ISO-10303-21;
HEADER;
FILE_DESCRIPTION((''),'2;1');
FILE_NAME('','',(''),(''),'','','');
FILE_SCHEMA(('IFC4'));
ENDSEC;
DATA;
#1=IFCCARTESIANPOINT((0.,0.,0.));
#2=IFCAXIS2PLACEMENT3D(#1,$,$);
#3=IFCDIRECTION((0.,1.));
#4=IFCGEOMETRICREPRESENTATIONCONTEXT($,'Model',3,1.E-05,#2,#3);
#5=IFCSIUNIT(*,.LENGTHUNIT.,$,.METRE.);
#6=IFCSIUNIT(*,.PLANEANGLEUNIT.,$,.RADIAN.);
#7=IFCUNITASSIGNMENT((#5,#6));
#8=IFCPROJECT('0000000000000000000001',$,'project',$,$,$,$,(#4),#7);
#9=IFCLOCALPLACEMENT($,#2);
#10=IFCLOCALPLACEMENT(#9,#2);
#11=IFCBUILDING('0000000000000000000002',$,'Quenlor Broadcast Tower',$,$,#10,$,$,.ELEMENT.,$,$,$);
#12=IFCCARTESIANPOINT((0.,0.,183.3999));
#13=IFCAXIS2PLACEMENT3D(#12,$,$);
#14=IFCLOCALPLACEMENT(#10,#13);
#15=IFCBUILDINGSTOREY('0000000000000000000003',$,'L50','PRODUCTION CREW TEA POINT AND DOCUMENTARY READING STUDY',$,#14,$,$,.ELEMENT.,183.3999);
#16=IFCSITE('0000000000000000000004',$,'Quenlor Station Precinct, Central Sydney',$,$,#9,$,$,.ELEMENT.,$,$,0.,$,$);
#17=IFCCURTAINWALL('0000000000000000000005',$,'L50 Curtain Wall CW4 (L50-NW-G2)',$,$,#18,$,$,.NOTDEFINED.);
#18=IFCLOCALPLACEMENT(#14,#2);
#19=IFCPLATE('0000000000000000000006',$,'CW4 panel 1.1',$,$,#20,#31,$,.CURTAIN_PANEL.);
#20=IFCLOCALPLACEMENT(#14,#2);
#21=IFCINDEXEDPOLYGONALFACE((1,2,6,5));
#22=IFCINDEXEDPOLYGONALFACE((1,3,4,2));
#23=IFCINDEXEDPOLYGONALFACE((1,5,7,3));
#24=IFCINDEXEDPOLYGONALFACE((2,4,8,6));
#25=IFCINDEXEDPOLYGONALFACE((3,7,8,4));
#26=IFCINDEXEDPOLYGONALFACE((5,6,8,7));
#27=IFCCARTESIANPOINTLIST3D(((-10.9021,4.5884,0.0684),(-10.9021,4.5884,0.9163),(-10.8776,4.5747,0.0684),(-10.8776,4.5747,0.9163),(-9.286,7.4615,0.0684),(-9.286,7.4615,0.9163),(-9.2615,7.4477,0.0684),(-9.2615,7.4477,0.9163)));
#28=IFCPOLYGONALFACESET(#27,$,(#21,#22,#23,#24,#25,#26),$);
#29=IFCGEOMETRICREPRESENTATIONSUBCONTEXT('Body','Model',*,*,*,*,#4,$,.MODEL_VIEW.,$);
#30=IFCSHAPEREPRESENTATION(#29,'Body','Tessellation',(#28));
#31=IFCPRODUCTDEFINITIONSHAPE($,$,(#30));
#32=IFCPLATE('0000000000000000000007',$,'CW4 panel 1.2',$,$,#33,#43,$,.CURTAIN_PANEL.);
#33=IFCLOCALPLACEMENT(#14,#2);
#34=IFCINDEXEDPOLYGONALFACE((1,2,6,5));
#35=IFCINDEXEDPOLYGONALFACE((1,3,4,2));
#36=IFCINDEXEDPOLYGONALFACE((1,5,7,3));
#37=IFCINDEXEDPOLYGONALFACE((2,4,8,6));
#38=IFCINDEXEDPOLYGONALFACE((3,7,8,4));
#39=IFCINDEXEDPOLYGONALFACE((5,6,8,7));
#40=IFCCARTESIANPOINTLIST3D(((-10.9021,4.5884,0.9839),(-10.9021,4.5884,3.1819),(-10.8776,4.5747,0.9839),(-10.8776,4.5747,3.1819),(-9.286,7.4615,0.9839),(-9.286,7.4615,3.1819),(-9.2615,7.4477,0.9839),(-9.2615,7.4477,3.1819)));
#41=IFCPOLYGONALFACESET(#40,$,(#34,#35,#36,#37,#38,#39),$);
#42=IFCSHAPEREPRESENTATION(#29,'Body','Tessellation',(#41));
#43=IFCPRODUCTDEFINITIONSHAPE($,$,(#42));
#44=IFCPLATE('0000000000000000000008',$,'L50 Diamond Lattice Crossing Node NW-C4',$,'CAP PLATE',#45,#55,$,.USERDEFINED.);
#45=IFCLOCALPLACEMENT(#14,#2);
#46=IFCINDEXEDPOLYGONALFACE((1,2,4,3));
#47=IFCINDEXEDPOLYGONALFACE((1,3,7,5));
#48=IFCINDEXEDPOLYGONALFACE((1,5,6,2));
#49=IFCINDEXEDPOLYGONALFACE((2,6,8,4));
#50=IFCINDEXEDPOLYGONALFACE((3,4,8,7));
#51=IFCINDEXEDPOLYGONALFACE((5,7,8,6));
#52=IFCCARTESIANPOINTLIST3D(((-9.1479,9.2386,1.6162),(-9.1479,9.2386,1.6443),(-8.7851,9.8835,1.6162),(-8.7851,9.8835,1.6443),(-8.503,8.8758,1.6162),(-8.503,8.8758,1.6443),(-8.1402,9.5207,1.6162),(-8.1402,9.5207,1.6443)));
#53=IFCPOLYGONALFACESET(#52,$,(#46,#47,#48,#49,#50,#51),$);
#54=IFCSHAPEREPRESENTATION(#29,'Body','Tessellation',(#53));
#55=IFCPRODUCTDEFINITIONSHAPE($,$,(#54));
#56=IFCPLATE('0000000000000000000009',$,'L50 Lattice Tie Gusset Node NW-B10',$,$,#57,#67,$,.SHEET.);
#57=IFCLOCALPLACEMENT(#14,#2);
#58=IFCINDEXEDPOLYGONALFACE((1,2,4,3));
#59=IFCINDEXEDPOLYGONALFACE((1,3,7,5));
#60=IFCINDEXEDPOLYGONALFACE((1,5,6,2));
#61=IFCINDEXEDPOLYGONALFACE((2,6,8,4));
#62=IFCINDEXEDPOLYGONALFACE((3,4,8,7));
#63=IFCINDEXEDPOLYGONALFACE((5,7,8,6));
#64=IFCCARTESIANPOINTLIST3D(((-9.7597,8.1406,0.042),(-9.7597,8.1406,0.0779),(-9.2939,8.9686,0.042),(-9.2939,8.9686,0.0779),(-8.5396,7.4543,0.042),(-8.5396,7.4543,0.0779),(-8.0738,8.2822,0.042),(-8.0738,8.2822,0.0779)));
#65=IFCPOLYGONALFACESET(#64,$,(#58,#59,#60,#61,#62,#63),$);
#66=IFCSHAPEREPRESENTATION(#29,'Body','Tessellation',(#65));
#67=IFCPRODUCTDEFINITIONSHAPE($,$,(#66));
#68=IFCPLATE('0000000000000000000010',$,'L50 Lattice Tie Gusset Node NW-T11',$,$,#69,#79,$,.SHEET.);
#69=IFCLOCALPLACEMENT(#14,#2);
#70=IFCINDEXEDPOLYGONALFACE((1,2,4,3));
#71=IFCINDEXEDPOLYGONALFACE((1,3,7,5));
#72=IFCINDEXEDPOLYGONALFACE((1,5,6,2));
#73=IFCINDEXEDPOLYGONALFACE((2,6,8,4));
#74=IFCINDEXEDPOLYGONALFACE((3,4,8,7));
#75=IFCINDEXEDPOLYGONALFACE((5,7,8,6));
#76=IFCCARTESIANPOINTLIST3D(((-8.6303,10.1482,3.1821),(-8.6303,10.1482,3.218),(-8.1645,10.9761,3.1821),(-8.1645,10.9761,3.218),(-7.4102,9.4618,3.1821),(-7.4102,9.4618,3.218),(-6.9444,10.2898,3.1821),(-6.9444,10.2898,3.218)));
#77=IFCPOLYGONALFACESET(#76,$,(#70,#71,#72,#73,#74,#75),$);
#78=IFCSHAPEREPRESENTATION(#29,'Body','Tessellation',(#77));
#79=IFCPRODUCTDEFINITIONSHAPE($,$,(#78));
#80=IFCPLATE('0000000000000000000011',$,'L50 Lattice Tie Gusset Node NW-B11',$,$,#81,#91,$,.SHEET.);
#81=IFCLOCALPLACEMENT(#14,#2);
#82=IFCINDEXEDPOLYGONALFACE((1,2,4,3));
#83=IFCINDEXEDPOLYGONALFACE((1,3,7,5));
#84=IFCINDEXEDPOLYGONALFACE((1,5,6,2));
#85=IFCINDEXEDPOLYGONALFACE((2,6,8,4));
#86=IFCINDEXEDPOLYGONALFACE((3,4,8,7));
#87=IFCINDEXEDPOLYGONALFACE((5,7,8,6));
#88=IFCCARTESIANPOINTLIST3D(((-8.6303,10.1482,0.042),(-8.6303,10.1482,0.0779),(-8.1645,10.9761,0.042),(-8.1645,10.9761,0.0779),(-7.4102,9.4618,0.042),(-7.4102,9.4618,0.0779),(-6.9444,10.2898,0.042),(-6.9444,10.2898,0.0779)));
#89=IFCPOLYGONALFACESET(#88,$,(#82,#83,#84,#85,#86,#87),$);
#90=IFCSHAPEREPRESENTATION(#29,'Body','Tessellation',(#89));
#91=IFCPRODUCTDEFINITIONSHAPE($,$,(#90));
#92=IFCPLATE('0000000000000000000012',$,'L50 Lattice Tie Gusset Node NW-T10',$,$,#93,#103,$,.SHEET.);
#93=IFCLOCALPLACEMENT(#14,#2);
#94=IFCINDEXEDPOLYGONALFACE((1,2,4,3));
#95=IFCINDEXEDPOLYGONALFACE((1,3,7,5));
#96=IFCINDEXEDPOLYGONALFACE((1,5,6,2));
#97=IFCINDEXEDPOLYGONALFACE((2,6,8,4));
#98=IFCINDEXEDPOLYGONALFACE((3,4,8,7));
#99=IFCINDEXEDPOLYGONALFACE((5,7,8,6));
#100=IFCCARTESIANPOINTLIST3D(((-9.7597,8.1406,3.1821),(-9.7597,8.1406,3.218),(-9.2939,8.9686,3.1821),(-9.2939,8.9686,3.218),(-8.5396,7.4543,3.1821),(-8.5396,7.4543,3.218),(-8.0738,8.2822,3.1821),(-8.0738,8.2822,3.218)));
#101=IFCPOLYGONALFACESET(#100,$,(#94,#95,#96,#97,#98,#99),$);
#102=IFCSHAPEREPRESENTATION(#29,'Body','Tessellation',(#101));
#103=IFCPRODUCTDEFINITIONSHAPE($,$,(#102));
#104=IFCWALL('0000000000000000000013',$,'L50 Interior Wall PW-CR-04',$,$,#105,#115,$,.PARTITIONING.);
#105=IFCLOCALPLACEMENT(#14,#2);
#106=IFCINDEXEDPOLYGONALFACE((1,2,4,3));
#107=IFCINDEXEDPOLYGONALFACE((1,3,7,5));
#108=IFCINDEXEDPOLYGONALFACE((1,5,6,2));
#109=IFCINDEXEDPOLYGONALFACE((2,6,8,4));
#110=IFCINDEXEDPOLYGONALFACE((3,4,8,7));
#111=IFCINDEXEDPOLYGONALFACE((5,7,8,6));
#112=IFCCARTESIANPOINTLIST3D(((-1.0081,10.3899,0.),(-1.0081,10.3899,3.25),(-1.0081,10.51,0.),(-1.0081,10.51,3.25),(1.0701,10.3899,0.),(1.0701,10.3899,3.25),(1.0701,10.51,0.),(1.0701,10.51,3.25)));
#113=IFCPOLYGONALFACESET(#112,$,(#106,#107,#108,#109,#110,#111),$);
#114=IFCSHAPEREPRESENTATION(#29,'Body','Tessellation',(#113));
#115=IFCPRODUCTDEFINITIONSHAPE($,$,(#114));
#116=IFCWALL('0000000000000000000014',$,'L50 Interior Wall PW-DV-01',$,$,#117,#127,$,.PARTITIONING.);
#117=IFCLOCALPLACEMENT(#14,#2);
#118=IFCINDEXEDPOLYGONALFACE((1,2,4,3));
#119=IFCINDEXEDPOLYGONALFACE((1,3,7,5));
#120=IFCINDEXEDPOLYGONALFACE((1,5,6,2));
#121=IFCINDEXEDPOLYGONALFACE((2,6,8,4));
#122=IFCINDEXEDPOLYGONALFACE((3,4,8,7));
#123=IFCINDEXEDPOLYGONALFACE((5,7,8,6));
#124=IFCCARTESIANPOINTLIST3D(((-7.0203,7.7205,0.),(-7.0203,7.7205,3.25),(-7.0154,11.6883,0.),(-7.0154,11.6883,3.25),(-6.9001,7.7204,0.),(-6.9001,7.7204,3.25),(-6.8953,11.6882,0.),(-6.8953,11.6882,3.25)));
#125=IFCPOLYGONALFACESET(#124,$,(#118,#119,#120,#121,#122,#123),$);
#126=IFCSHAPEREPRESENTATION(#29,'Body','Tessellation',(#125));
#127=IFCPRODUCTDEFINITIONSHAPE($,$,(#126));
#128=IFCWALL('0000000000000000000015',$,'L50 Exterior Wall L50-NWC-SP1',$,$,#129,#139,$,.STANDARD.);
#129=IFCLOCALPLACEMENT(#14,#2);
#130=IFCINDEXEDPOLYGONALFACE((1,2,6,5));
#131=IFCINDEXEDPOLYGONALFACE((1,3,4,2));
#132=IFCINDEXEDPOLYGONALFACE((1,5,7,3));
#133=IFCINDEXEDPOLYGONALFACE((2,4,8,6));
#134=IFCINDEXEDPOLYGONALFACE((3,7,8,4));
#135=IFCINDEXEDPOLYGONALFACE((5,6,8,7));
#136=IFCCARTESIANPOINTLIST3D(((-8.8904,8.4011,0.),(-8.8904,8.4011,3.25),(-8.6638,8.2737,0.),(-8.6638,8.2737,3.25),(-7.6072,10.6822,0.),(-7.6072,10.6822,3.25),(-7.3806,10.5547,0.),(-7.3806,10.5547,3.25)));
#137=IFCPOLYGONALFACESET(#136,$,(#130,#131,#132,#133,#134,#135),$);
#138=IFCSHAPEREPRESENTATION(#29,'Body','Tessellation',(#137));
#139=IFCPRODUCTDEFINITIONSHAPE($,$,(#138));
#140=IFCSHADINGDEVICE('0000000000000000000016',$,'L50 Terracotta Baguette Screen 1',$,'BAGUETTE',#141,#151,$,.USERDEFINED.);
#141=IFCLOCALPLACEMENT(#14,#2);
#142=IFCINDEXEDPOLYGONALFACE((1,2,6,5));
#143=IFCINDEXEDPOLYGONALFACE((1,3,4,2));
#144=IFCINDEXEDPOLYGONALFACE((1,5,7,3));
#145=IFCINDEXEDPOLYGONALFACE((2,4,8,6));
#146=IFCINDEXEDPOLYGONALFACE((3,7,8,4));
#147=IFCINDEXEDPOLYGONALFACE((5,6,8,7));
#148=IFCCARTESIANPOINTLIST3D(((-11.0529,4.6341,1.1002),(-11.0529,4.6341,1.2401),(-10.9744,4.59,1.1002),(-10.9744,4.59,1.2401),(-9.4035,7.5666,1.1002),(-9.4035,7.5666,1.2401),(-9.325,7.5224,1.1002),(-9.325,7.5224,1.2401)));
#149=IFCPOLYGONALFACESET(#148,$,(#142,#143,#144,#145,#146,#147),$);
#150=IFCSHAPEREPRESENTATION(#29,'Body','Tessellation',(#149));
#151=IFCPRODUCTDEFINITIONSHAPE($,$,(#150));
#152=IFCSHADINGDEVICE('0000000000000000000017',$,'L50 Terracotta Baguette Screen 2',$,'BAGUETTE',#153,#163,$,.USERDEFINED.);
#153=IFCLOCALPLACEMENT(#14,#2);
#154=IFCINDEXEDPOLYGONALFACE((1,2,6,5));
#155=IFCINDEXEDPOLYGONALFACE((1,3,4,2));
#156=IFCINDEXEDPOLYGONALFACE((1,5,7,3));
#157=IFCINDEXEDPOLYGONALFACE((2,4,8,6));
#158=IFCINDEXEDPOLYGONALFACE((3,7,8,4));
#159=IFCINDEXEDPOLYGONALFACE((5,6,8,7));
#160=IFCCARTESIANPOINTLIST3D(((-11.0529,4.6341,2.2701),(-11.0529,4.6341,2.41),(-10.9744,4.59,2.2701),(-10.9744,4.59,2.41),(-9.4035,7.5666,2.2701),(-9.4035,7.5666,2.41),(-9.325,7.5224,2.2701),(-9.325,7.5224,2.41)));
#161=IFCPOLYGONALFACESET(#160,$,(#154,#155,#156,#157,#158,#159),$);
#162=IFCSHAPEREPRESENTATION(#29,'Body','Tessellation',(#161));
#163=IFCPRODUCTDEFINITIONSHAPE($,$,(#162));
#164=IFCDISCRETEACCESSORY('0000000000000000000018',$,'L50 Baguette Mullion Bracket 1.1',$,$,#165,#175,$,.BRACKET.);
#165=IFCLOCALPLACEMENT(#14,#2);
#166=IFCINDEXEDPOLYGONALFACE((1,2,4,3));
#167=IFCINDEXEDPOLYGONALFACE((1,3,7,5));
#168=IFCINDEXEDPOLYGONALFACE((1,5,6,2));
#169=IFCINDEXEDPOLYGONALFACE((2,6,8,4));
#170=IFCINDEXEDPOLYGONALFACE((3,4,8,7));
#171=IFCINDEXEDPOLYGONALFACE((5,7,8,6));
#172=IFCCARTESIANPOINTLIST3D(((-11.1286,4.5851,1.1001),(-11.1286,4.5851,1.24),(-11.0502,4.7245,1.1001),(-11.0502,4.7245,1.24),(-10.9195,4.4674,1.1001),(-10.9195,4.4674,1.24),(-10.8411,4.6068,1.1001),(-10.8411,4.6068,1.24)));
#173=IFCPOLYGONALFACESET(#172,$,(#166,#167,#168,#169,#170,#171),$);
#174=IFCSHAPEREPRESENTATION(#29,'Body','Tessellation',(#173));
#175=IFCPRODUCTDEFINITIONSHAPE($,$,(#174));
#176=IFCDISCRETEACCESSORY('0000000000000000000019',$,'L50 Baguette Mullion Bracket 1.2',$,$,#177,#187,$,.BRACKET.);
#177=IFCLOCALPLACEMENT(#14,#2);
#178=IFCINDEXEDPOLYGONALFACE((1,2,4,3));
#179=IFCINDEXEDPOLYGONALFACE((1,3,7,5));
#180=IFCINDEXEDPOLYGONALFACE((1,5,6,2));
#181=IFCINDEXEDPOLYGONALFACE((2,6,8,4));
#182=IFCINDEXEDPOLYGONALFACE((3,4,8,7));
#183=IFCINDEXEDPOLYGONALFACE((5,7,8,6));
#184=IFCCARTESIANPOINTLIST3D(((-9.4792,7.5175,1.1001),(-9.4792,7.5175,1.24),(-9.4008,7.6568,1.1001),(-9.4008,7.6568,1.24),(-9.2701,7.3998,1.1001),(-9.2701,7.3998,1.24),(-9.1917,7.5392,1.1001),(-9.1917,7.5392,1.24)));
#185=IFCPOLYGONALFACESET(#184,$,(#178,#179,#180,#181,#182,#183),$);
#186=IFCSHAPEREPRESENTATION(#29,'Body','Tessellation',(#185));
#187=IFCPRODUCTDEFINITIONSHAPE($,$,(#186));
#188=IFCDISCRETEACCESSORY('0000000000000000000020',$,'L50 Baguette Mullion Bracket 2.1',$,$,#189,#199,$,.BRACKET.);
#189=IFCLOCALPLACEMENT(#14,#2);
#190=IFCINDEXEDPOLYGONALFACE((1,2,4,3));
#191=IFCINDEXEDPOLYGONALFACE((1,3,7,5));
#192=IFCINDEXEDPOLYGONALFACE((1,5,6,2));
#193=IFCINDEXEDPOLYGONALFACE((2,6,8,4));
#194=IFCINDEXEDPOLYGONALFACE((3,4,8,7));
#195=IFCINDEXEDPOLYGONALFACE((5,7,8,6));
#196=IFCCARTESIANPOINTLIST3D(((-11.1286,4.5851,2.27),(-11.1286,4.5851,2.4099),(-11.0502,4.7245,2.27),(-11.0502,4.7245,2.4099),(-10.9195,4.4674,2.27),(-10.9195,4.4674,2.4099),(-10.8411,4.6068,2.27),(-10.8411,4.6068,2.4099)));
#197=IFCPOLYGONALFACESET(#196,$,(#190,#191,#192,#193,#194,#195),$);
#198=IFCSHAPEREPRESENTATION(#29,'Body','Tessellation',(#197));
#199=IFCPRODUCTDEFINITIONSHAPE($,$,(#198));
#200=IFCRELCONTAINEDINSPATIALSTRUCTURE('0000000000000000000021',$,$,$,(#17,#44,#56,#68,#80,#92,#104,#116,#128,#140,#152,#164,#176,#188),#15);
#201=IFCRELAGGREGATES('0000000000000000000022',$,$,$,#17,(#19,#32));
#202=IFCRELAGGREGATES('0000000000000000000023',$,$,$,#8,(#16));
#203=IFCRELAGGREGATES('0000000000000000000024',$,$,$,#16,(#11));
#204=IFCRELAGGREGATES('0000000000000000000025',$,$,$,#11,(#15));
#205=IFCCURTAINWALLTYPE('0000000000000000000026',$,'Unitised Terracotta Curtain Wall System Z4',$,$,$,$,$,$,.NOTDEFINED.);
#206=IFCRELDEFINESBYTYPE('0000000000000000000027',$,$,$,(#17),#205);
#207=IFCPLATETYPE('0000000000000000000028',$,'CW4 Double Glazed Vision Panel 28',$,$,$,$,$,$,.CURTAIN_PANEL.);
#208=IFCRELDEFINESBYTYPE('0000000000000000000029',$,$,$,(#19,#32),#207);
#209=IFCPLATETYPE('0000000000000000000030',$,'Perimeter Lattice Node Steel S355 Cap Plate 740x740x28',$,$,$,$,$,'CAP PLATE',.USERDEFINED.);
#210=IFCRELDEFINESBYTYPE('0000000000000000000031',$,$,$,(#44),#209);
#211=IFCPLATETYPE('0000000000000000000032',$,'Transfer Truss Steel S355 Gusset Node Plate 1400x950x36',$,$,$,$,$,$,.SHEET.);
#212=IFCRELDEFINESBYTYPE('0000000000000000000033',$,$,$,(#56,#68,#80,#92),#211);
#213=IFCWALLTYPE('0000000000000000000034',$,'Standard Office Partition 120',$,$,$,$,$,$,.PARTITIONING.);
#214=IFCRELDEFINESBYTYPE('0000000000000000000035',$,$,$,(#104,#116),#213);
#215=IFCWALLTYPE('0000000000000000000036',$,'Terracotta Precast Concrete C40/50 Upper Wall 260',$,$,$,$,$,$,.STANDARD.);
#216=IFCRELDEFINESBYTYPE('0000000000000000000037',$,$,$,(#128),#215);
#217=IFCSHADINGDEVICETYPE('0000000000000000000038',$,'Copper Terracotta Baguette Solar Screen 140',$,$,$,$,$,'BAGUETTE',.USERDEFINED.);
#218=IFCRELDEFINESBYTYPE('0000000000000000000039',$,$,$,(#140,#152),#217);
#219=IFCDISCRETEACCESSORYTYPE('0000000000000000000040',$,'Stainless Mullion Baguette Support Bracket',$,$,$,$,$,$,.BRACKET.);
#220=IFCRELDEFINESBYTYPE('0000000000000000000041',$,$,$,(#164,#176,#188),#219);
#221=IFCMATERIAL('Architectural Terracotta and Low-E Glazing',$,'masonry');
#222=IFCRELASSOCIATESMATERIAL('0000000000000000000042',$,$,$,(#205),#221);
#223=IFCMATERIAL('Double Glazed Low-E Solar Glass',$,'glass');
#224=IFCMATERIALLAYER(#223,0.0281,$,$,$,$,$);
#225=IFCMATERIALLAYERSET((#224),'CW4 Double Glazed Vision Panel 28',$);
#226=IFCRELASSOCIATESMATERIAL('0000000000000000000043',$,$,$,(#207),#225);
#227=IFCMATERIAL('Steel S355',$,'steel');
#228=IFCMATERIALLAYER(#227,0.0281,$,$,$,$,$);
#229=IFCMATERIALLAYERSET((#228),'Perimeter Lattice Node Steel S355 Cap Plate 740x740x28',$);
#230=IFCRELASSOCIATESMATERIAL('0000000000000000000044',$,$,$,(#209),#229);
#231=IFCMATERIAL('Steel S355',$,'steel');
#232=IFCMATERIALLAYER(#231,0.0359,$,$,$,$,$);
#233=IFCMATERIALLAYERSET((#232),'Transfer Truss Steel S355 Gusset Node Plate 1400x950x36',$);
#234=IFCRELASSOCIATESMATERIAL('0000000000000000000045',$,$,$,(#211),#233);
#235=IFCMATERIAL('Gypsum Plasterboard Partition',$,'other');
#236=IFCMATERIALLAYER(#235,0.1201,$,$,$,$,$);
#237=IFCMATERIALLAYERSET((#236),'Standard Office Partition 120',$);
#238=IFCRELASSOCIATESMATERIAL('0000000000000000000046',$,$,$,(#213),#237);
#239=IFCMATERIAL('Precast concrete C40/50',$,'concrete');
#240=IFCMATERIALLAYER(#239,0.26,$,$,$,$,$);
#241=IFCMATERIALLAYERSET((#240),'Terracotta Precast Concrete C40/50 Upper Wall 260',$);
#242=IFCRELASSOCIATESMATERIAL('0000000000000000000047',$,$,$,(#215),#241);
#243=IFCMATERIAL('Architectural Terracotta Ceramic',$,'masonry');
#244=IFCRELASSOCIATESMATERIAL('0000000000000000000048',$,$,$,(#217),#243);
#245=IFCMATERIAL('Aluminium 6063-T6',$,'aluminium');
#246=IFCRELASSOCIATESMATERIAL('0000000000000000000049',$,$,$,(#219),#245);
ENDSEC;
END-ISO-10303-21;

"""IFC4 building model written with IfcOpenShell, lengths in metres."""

from ifc_helpers import new_model, si_unit, direction, frame, frame_2d, origin, origin_2d, place, context, subcontext, project, spatial, rectangle, extrude, material, layer, layer_set, material_profile, profile_set, type_object, element, aggregate, save


model = new_model("IFC4")

# Units and contexts
model_context = context("Model", 3, precision=1e-05, world=origin(), true_north=direction((0.0, 1.0)))
body_context = subcontext(model_context, "Body", "Model", "MODEL_VIEW")
ifc_project = project(units=[si_unit("LENGTHUNIT", "METRE"), si_unit("PLANEANGLEUNIT", "RADIAN")], contexts=[model_context])

# Site, building, storey
site_placement = place(None, origin())
site = spatial("IfcSite", under=ifc_project, at=site_placement, Name="Quenlor Station Precinct, Central Sydney", CompositionType="ELEMENT", RefElevation=0.0)
building_placement = place(site_placement, origin())
building = spatial("IfcBuilding", under=site, at=building_placement, Name="Quenlor Broadcast Tower", CompositionType="ELEMENT")
storey_placement = place(building_placement, frame((0.0, 0.0, 183.3999)))
storey = spatial("IfcBuildingStorey", under=building, at=storey_placement, Name="L50", Description="PRODUCTION CREW TEA POINT AND DOCUMENTARY READING STUDY", CompositionType="ELEMENT", Elevation=183.3999)

# Shared definitions
ifc_material_1 = material(Name="Architectural Terracotta and Low-E Glazing", Category="masonry")
curtain_wall_type = type_object("IfcCurtainWallType", Name="Unitised Terracotta Curtain Wall System Z4", PredefinedType="NOTDEFINED", material=ifc_material_1)

# Curtain wall
curtain_wall_1_placement = place(storey_placement, origin())
curtain_wall_1 = element("IfcCurtainWall", 1, at=curtain_wall_1_placement, inside=storey, type_object=curtain_wall_type, Name="L50 Curtain Wall CW4 (L50-NW-G2)", PredefinedType="NOTDEFINED")

# Plates
ifc_material_2 = material(Name="Double Glazed Low-E Solar Glass", Category="glass")
ifc_layer_1 = layer(ifc_material_2, 0.0281)
ifc_layer_set_1 = layer_set([ifc_layer_1], Name="CW4 Double Glazed Vision Panel 28")
plate_type_1 = type_object("IfcPlateType", Name="CW4 Double Glazed Vision Panel 28", PredefinedType="CURTAIN_PANEL", material=ifc_layer_set_1)
plate_1_placement = place(storey_placement, frame((-10.0818, 6.0181, 0.0684), z_axis=(0.0, 0.0, 1.0), x_axis=(0.490257, 0.871578, 0.0)))
plate_1 = element("IfcPlate", 2, at=plate_1_placement, type_object=plate_type_1, Name="CW4 panel 1.1", PredefinedType="CURTAIN_PANEL", context=body_context, shape_type="SweptSolid", body=[
    extrude(rectangle(XDim=3.2964, YDim=0.0281, at=origin_2d()), origin(), (0.0, 0.0, 1.0), 0.8479),
])
plate_2_placement = place(storey_placement, frame((-10.0818, 6.0181, 0.9839), z_axis=(0.0, 0.0, 1.0), x_axis=(0.490257, 0.871578, 0.0)))
plate_2 = element("IfcPlate", 3, at=plate_2_placement, type_object=plate_type_1, Name="CW4 panel 1.2", PredefinedType="CURTAIN_PANEL", context=body_context, shape_type="SweptSolid", body=[
    extrude(rectangle(XDim=3.2964, YDim=0.0281, at=origin_2d()), origin(), (0.0, 0.0, 1.0), 2.198),
])
aggregate(curtain_wall_1, [plate_1, plate_2])

# Plates
ifc_material_3 = material(Name="Steel S355", Category="steel")
ifc_layer_2 = layer(ifc_material_3, 0.0281)
ifc_layer_set_2 = layer_set([ifc_layer_2], Name="Perimeter Lattice Node Steel S355 Cap Plate 740x740x28")
plate_type_2 = type_object("IfcPlateType", Name="Perimeter Lattice Node Steel S355 Cap Plate 740x740x28", ElementType="CAP PLATE", PredefinedType="USERDEFINED", material=ifc_layer_set_2)
plate_3_placement = place(storey_placement, frame((-8.644, 9.3796, 1.6162), z_axis=(0.0, 0.0, 1.0), x_axis=(0.490295, 0.871556, 0.0)))
element("IfcPlate", 4, at=plate_3_placement, inside=storey, type_object=plate_type_2, Name="L50 Diamond Lattice Crossing Node NW-C4", ObjectType="CAP PLATE", PredefinedType="USERDEFINED", context=body_context, shape_type="SweptSolid", body=[
    extrude(rectangle(XDim=0.74, YDim=0.74, at=origin_2d()), origin(), (0.0, 0.0, 1.0), 0.0281),
])
ifc_material_4 = material(Name="Steel S355", Category="steel")
ifc_layer_3 = layer(ifc_material_4, 0.0359)
ifc_layer_set_3 = layer_set([ifc_layer_3], Name="Transfer Truss Steel S355 Gusset Node Plate 1400x950x36")
plate_type_3 = type_object("IfcPlateType", Name="Transfer Truss Steel S355 Gusset Node Plate 1400x950x36", PredefinedType="SHEET", material=ifc_layer_set_3)
for number, where, z_axis, x_axis, name in (
    (5, (-8.9167, 8.2114, 0.042), (0.0, 0.0, 1.0), (-0.871556, 0.490295, 0.0), "L50 Lattice Tie Gusset Node NW-B10"),
    (6, (-7.7874, 10.219, 3.1821), (0.0, 0.0, 1.0), (-0.871556, 0.490295, 0.0), "L50 Lattice Tie Gusset Node NW-T11"),
    (7, (-7.7874, 10.219, 0.042), (0.0, 0.0, 1.0), (-0.871556, 0.490295, 0.0), "L50 Lattice Tie Gusset Node NW-B11"),
    (8, (-8.9167, 8.2114, 3.1821), (0.0, 0.0, 1.0), (-0.871556, 0.490295, 0.0), "L50 Lattice Tie Gusset Node NW-T10"),
):
    element("IfcPlate", number, at=place(storey_placement, frame(where, z_axis=z_axis, x_axis=x_axis)), inside=storey, type_object=plate_type_3, Name=name, PredefinedType="SHEET", context=body_context, shape_type="SweptSolid", body=[
        extrude(rectangle(XDim=1.3999, YDim=0.95, at=origin_2d()), origin(), (0.0, 0.0, 1.0), 0.0359),
    ])

# Walls
ifc_material_5 = material(Name="Gypsum Plasterboard Partition", Category="other")
ifc_layer_4 = layer(ifc_material_5, 0.1201)
ifc_layer_set_4 = layer_set([ifc_layer_4], Name="Standard Office Partition 120")
wall_type_1 = type_object("IfcWallType", Name="Standard Office Partition 120", PredefinedType="PARTITIONING", material=ifc_layer_set_4)
wall_1_placement = place(storey_placement, frame((-1.0081, 10.45, 0.0), z_axis=(0.0, 0.0, 1.0), x_axis=(1.0, 0.0, 0.0)))
element("IfcWall", 9, at=wall_1_placement, inside=storey, type_object=wall_type_1, Name="L50 Interior Wall PW-CR-04", PredefinedType="PARTITIONING", context=body_context, shape_type="SweptSolid", body=[
    extrude(rectangle(XDim=2.0781, YDim=0.1201, at=frame_2d((1.0391, 0.0))), origin(), (0.0, 0.0, 1.0), 3.25),
])
wall_2_placement = place(storey_placement, frame((-6.9602, 7.7205, 0.0), z_axis=(0.0, 0.0, 1.0), x_axis=(0.001231, 0.999999, 0.0)))
element("IfcWall", 10, at=wall_2_placement, inside=storey, type_object=wall_type_1, Name="L50 Interior Wall PW-DV-01", PredefinedType="PARTITIONING", context=body_context, shape_type="SweptSolid", body=[
    extrude(rectangle(XDim=3.9678, YDim=0.1201, at=frame_2d((1.9839, 0.0))), origin(), (0.0, 0.0, 1.0), 3.25),
])
ifc_material_6 = material(Name="Precast concrete C40/50", Category="concrete")
ifc_layer_5 = layer(ifc_material_6, 0.26)
ifc_layer_set_5 = layer_set([ifc_layer_5], Name="Terracotta Precast Concrete C40/50 Upper Wall 260")
wall_type_2 = type_object("IfcWallType", Name="Terracotta Precast Concrete C40/50 Upper Wall 260", PredefinedType="STANDARD", material=ifc_layer_set_5)
wall_3_placement = place(storey_placement, frame((-8.7771, 8.3374, 0.0), z_axis=(0.0, 0.0, 1.0), x_axis=(0.490301, 0.871553, 0.0)))
element("IfcWall", 11, at=wall_3_placement, inside=storey, type_object=wall_type_2, Name="L50 Exterior Wall L50-NWC-SP1", PredefinedType="STANDARD", context=body_context, shape_type="SweptSolid", body=[
    extrude(rectangle(XDim=2.6172, YDim=0.26, at=frame_2d((1.3086, 0.0))), origin(), (0.0, 0.0, 1.0), 3.25),
])

# Shading devices
ifc_material_7 = material(Name="Architectural Terracotta Ceramic", Category="masonry")
ifc_material_profile_1 = material_profile(ifc_material_7, rectangle(XDim=0.0901, YDim=0.1399, at=origin_2d()))
ifc_profile_set_1 = profile_set([ifc_material_profile_1], Name="Architectural Terracotta Ceramic BAG90x140")
shading_device_type = type_object("IfcShadingDeviceType", Name="Copper Terracotta Baguette Solar Screen 140", ElementType="BAGUETTE", PredefinedType="USERDEFINED", material=ifc_profile_set_1)
for number, where, z_axis, x_axis, name in (
    (12, (-11.0137, 4.6121, 1.1702), (0.490251, 0.871581, 0.0), (-0.871581, 0.490251, 0.0), "L50 Terracotta Baguette Screen 1"),
    (13, (-11.0137, 4.6121, 2.3401), (0.490251, 0.871581, 0.0), (-0.871581, 0.490251, 0.0), "L50 Terracotta Baguette Screen 2"),
):
    element("IfcShadingDevice", number, at=place(storey_placement, frame(where, z_axis=z_axis, x_axis=x_axis)), inside=storey, type_object=shading_device_type, Name=name, ObjectType="BAGUETTE", PredefinedType="USERDEFINED", context=body_context, shape_type="SweptSolid", body=[
        extrude(rectangle(XDim=0.0901, YDim=0.1399, at=origin_2d()), origin(), (0.0, 0.0, 1.0), 3.3645),
    ])

# Discrete accessories
ifc_material_8 = material(Name="Aluminium 6063-T6", Category="aluminium")
discrete_accessory_type = type_object("IfcDiscreteAccessoryType", Name="Stainless Mullion Baguette Support Bracket", PredefinedType="BRACKET", material=ifc_material_8)
for number, where, z_axis, x_axis, name in (
    (14, (-10.9849, 4.5959, 1.1001), (0.0, 0.0, 1.0), (0.490257, 0.871578, 0.0), "L50 Baguette Mullion Bracket 1.1"),
    (15, (-9.3354, 7.5283, 1.1001), (0.0, 0.0, 1.0), (0.490257, 0.871578, 0.0), "L50 Baguette Mullion Bracket 1.2"),
    (16, (-10.9849, 4.5959, 2.27), (0.0, 0.0, 1.0), (0.490257, 0.871578, 0.0), "L50 Baguette Mullion Bracket 2.1"),
):
    element("IfcDiscreteAccessory", number, at=place(storey_placement, frame(where, z_axis=z_axis, x_axis=x_axis)), inside=storey, type_object=discrete_accessory_type, Name=name, PredefinedType="BRACKET", context=body_context, shape_type="SweptSolid", body=[
        extrude(rectangle(XDim=0.1599, YDim=0.24, at=origin_2d()), origin(), (0.0, 0.0, 1.0), 0.1399),
    ])

save(model, "model.ifc")
